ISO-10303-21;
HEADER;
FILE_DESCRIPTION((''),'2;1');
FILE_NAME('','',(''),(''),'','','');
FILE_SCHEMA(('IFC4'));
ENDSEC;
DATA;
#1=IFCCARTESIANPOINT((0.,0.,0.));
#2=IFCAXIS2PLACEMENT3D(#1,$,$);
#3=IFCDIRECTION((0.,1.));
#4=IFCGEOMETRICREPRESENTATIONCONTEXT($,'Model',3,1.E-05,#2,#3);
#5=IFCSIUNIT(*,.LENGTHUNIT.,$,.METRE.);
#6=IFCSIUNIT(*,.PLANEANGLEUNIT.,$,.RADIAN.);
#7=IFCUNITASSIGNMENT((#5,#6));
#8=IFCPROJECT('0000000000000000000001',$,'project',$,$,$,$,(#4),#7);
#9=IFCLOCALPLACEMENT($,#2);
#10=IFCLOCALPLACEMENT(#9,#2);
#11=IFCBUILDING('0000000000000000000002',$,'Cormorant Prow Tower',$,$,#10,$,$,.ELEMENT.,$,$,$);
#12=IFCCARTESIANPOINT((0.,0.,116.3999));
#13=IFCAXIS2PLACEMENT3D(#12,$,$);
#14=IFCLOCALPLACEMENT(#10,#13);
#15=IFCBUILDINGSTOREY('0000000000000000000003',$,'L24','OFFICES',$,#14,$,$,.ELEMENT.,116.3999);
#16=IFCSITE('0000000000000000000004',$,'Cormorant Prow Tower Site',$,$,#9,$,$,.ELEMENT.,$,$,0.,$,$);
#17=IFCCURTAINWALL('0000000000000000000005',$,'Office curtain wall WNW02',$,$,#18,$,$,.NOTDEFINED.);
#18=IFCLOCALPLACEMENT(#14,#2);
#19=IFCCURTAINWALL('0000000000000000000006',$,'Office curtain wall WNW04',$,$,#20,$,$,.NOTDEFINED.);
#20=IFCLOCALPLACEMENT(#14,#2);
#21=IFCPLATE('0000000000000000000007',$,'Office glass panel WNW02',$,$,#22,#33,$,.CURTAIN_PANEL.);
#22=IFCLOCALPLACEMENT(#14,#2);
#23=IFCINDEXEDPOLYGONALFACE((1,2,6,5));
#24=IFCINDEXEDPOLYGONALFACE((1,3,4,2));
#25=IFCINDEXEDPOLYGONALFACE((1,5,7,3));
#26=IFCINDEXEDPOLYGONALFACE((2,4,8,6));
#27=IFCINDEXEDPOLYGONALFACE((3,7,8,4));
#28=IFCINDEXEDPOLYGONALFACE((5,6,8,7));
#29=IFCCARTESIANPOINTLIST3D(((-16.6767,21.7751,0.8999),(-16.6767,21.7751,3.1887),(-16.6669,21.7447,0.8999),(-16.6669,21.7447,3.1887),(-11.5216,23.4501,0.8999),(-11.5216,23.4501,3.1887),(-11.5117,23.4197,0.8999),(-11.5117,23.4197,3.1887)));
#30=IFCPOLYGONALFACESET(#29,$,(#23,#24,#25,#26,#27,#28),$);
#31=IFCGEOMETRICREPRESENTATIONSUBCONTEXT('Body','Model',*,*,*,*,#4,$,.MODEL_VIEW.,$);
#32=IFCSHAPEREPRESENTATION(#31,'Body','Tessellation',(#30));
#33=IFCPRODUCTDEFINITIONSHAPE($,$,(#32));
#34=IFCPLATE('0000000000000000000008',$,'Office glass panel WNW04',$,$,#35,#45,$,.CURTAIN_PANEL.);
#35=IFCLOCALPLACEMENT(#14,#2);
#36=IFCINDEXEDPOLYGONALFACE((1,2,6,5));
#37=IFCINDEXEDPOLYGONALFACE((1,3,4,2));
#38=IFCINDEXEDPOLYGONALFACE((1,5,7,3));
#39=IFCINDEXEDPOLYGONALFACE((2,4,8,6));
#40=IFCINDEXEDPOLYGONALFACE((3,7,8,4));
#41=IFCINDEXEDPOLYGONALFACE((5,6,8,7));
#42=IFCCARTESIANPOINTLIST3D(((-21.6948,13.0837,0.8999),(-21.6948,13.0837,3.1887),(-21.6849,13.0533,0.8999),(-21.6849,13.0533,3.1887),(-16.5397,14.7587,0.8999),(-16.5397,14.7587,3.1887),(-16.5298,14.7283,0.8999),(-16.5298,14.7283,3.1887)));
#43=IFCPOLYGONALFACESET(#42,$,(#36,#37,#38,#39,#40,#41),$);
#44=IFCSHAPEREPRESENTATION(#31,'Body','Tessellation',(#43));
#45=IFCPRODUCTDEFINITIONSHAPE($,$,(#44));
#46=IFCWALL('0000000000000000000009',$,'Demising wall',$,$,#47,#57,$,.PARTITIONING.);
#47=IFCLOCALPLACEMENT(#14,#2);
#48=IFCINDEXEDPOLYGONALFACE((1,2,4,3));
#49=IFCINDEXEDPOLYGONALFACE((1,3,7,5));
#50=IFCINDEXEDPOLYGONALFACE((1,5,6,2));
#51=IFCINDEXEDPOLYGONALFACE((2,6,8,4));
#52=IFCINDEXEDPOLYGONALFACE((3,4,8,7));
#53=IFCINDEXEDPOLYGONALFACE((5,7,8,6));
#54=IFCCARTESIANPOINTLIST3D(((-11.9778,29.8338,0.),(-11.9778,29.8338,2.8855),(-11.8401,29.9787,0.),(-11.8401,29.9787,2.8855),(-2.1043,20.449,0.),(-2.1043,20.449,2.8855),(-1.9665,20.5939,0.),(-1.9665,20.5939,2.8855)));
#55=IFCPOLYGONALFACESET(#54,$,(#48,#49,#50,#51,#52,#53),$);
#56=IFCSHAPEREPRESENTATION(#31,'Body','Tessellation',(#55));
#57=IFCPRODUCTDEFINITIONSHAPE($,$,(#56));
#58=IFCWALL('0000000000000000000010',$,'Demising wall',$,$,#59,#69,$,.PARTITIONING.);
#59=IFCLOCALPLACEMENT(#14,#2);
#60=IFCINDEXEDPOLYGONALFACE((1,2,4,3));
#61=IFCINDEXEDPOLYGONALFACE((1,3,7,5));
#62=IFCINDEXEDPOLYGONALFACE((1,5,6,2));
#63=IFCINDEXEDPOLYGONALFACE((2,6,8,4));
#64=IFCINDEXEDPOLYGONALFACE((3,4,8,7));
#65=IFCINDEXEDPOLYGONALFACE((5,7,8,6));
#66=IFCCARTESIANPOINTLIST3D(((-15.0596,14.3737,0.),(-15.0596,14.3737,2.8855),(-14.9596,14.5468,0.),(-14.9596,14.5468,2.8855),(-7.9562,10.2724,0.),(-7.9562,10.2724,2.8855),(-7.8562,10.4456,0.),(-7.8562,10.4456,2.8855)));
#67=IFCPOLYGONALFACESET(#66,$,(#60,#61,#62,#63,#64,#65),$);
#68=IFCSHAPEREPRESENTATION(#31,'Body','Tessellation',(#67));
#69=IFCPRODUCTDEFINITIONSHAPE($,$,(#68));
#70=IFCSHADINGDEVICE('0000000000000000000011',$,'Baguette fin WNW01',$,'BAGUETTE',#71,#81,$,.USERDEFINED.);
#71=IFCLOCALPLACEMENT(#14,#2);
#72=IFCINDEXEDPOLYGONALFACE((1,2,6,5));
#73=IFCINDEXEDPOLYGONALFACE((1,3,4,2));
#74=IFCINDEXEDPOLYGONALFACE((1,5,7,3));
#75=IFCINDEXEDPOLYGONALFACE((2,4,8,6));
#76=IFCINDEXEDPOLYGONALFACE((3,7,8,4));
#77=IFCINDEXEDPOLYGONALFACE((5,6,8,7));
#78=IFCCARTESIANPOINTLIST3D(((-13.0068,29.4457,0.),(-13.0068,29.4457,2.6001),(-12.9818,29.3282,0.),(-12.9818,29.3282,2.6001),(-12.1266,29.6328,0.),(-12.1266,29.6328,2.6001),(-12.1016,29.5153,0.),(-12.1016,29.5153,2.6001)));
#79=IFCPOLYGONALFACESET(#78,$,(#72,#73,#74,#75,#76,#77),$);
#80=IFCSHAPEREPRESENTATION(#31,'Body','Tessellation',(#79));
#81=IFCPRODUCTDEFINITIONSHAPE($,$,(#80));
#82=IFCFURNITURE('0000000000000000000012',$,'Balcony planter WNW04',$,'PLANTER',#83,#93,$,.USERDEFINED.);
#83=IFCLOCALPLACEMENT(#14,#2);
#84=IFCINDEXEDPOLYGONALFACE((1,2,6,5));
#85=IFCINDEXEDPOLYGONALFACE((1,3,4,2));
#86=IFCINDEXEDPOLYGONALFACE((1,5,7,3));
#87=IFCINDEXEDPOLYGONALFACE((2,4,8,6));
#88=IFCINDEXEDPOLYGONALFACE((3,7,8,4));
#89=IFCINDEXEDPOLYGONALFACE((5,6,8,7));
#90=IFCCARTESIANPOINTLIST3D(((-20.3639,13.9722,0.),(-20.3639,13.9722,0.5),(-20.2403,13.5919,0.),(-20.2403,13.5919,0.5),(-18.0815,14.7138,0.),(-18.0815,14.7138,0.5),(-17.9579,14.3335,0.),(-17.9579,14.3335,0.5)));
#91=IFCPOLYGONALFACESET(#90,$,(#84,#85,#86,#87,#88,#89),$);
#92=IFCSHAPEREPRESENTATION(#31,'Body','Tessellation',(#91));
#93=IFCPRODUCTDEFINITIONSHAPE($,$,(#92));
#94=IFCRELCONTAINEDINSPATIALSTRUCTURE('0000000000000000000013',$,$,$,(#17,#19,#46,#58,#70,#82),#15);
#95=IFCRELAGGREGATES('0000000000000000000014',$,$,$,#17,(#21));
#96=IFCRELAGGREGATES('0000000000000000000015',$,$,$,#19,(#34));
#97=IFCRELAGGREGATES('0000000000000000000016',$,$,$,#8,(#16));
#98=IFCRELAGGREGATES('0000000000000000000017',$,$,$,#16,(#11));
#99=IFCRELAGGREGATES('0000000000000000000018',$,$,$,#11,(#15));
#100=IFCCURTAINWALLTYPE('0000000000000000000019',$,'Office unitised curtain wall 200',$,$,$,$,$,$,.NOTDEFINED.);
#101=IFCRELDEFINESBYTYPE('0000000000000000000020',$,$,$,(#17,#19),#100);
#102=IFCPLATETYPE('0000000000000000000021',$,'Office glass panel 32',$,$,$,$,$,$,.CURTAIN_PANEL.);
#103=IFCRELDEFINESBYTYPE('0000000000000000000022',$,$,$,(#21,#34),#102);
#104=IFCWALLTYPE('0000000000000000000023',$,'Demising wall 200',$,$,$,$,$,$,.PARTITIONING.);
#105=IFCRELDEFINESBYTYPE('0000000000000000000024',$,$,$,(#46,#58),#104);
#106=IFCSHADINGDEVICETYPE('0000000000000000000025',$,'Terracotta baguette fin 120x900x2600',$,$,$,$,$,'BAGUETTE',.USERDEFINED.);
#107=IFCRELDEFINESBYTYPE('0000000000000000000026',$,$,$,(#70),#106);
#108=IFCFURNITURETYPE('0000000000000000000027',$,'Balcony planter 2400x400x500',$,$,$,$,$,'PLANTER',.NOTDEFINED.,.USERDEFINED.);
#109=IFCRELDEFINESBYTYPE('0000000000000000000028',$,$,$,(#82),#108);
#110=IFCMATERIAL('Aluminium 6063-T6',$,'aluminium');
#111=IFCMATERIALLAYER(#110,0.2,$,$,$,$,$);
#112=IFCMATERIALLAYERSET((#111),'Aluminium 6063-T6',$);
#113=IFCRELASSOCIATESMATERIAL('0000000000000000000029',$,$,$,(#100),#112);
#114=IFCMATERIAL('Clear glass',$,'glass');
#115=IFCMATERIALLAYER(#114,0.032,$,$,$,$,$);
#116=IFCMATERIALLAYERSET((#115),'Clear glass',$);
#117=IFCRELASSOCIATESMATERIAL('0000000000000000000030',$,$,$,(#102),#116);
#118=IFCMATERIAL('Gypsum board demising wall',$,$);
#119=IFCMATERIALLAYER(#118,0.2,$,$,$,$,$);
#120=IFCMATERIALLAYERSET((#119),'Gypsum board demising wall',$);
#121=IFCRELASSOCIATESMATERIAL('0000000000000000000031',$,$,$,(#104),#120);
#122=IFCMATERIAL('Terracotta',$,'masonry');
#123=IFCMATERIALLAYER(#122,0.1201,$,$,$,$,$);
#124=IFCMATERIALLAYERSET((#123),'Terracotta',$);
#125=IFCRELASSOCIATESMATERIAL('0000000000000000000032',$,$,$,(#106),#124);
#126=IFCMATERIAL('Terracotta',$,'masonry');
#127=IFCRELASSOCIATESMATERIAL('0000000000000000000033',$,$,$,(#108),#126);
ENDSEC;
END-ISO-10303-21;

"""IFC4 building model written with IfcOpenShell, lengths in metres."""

from ifc_helpers import new_model, si_unit, direction, frame, frame_2d, origin, origin_2d, place, context, subcontext, project, spatial, rectangle, extrude, material, layer, layer_set, type_object, element, aggregate, save


model = new_model("IFC4")

# Units and contexts
model_context = context("Model", 3, precision=1e-05, world=origin(), true_north=direction((0.0, 1.0)))
body_context = subcontext(model_context, "Body", "Model", "MODEL_VIEW")
ifc_project = project(units=[si_unit("LENGTHUNIT", "METRE"), si_unit("PLANEANGLEUNIT", "RADIAN")], contexts=[model_context])

# Site, building, storey
site_placement = place(None, origin())
site = spatial("IfcSite", under=ifc_project, at=site_placement, Name="Cormorant Prow Tower Site", CompositionType="ELEMENT", RefElevation=0.0)
building_placement = place(site_placement, origin())
building = spatial("IfcBuilding", under=site, at=building_placement, Name="Cormorant Prow Tower", CompositionType="ELEMENT")
storey_placement = place(building_placement, frame((0.0, 0.0, 116.3999)))
storey = spatial("IfcBuildingStorey", under=building, at=storey_placement, Name="L24", Description="OFFICES", CompositionType="ELEMENT", Elevation=116.3999)

# Curtain walls
ifc_material_1 = material(Name="Aluminium 6063-T6", Category="aluminium")
ifc_layer_1 = layer(ifc_material_1, 0.2)
ifc_layer_set_1 = layer_set([ifc_layer_1], Name="Aluminium 6063-T6")
curtain_wall_type = type_object("IfcCurtainWallType", Name="Office unitised curtain wall 200", PredefinedType="NOTDEFINED", material=ifc_layer_set_1)
curtain_wall_1_placement = place(storey_placement, origin())
curtain_wall_1 = element("IfcCurtainWall", 1, at=curtain_wall_1_placement, inside=storey, type_object=curtain_wall_type, Name="Office curtain wall WNW02", PredefinedType="NOTDEFINED")
curtain_wall_2_placement = place(storey_placement, origin())
curtain_wall_2 = element("IfcCurtainWall", 2, at=curtain_wall_2_placement, inside=storey, type_object=curtain_wall_type, Name="Office curtain wall WNW04", PredefinedType="NOTDEFINED")

# Plates
ifc_material_2 = material(Name="Clear glass", Category="glass")
ifc_layer_2 = layer(ifc_material_2, 0.032)
ifc_layer_set_2 = layer_set([ifc_layer_2], Name="Clear glass")
plate_type = type_object("IfcPlateType", Name="Office glass panel 32", PredefinedType="CURTAIN_PANEL", material=ifc_layer_set_2)
plate_1_placement = place(storey_placement, frame((-14.0942, 22.5974, 0.8999), z_axis=(0.0, 0.0, 1.0), x_axis=(-0.951057, -0.309017, 0.0)))
plate_1 = element("IfcPlate", 3, at=plate_1_placement, type_object=plate_type, Name="Office glass panel WNW02", PredefinedType="CURTAIN_PANEL", context=body_context, shape_type="SweptSolid", body=[
    extrude(rectangle(XDim=5.4204, YDim=0.032, at=origin_2d()), origin(), (0.0, 0.0, 1.0), 2.2888),
])
aggregate(curtain_wall_1, [plate_1])
plate_2_placement = place(storey_placement, frame((-19.1123, 13.906, 0.8999), z_axis=(0.0, 0.0, 1.0), x_axis=(-0.951057, -0.309017, 0.0)))
plate_2 = element("IfcPlate", 4, at=plate_2_placement, type_object=plate_type, Name="Office glass panel WNW04", PredefinedType="CURTAIN_PANEL", context=body_context, shape_type="SweptSolid", body=[
    extrude(rectangle(XDim=5.4204, YDim=0.032, at=origin_2d()), origin(), (0.0, 0.0, 1.0), 2.2888),
])
aggregate(curtain_wall_2, [plate_2])

# Walls
ifc_material_3 = material(Name="Gypsum board demising wall")
ifc_layer_3 = layer(ifc_material_3, 0.2)
ifc_layer_set_3 = layer_set([ifc_layer_3], Name="Gypsum board demising wall")
wall_type_1 = type_object("IfcWallType", Name="Demising wall 200", PredefinedType="PARTITIONING", material=ifc_layer_set_3)
wall_1_placement = place(storey_placement, frame((-11.9089, 29.9062, 0.0), z_axis=(0.0, 0.0, 1.0), x_axis=(0.72482, -0.688939, 0.0)))
element("IfcWall", 5, at=wall_1_placement, inside=storey, type_object=wall_type_1, Name="Demising wall", PredefinedType="PARTITIONING", context=body_context, shape_type="SweptSolid", body=[
    extrude(rectangle(XDim=13.6221, YDim=0.2, at=frame_2d((6.811, 0.0))), origin(), (0.0, 0.0, 1.0), 2.8855),
])
wall_2_placement = place(storey_placement, frame((-15.0095, 14.4602, 0.0), z_axis=(0.0, 0.0, 1.0), x_axis=(0.86602, -0.500009, 0.0)))
element("IfcWall", 6, at=wall_2_placement, inside=storey, type_object=wall_type_1, Name="Demising wall", PredefinedType="PARTITIONING", context=body_context, shape_type="SweptSolid", body=[
    extrude(rectangle(XDim=8.2024, YDim=0.2, at=frame_2d((4.1011, 0.0))), origin(), (0.0, 0.0, 1.0), 2.8855),
])

# Shading device
ifc_material_4 = material(Name="Terracotta", Category="masonry")
ifc_layer_4 = layer(ifc_material_4, 0.1201)
ifc_layer_set_4 = layer_set([ifc_layer_4], Name="Terracotta")
shading_device_type = type_object("IfcShadingDeviceType", Name="Terracotta baguette fin 120x900x2600", ElementType="BAGUETTE", PredefinedType="USERDEFINED", material=ifc_layer_set_4)
shading_device_placement = place(storey_placement, frame((-12.5542, 29.4805, 0.0), z_axis=(0.0, 0.0, 1.0), x_axis=(0.207912, -0.978148, 0.0)))
element("IfcShadingDevice", 7, at=shading_device_placement, inside=storey, type_object=shading_device_type, Name="Baguette fin WNW01", ObjectType="BAGUETTE", PredefinedType="USERDEFINED", context=body_context, shape_type="SweptSolid", body=[
    extrude(rectangle(XDim=0.1201, YDim=0.8999, at=origin_2d()), origin(), (0.0, 0.0, 1.0), 2.6001),
])

# Furniture
ifc_material_5 = material(Name="Terracotta", Category="masonry")
furniture_type = type_object("IfcFurnitureType", Name="Balcony planter 2400x400x500", ElementType="PLANTER", AssemblyPlace="NOTDEFINED", PredefinedType="USERDEFINED", material=ifc_material_5)
furniture_placement = place(storey_placement, frame((-19.1609, 14.1528, 0.0), z_axis=(0.0, 0.0, 1.0), x_axis=(-0.951057, -0.309017, 0.0)))
element("IfcFurniture", 8, at=furniture_placement, inside=storey, type_object=furniture_type, Name="Balcony planter WNW04", ObjectType="PLANTER", PredefinedType="USERDEFINED", context=body_context, shape_type="SweptSolid", body=[
    extrude(rectangle(XDim=2.3999, YDim=0.3999, at=origin_2d()), origin(), (0.0, 0.0, 1.0), 0.5),
])

save(model, "model.ifc")
